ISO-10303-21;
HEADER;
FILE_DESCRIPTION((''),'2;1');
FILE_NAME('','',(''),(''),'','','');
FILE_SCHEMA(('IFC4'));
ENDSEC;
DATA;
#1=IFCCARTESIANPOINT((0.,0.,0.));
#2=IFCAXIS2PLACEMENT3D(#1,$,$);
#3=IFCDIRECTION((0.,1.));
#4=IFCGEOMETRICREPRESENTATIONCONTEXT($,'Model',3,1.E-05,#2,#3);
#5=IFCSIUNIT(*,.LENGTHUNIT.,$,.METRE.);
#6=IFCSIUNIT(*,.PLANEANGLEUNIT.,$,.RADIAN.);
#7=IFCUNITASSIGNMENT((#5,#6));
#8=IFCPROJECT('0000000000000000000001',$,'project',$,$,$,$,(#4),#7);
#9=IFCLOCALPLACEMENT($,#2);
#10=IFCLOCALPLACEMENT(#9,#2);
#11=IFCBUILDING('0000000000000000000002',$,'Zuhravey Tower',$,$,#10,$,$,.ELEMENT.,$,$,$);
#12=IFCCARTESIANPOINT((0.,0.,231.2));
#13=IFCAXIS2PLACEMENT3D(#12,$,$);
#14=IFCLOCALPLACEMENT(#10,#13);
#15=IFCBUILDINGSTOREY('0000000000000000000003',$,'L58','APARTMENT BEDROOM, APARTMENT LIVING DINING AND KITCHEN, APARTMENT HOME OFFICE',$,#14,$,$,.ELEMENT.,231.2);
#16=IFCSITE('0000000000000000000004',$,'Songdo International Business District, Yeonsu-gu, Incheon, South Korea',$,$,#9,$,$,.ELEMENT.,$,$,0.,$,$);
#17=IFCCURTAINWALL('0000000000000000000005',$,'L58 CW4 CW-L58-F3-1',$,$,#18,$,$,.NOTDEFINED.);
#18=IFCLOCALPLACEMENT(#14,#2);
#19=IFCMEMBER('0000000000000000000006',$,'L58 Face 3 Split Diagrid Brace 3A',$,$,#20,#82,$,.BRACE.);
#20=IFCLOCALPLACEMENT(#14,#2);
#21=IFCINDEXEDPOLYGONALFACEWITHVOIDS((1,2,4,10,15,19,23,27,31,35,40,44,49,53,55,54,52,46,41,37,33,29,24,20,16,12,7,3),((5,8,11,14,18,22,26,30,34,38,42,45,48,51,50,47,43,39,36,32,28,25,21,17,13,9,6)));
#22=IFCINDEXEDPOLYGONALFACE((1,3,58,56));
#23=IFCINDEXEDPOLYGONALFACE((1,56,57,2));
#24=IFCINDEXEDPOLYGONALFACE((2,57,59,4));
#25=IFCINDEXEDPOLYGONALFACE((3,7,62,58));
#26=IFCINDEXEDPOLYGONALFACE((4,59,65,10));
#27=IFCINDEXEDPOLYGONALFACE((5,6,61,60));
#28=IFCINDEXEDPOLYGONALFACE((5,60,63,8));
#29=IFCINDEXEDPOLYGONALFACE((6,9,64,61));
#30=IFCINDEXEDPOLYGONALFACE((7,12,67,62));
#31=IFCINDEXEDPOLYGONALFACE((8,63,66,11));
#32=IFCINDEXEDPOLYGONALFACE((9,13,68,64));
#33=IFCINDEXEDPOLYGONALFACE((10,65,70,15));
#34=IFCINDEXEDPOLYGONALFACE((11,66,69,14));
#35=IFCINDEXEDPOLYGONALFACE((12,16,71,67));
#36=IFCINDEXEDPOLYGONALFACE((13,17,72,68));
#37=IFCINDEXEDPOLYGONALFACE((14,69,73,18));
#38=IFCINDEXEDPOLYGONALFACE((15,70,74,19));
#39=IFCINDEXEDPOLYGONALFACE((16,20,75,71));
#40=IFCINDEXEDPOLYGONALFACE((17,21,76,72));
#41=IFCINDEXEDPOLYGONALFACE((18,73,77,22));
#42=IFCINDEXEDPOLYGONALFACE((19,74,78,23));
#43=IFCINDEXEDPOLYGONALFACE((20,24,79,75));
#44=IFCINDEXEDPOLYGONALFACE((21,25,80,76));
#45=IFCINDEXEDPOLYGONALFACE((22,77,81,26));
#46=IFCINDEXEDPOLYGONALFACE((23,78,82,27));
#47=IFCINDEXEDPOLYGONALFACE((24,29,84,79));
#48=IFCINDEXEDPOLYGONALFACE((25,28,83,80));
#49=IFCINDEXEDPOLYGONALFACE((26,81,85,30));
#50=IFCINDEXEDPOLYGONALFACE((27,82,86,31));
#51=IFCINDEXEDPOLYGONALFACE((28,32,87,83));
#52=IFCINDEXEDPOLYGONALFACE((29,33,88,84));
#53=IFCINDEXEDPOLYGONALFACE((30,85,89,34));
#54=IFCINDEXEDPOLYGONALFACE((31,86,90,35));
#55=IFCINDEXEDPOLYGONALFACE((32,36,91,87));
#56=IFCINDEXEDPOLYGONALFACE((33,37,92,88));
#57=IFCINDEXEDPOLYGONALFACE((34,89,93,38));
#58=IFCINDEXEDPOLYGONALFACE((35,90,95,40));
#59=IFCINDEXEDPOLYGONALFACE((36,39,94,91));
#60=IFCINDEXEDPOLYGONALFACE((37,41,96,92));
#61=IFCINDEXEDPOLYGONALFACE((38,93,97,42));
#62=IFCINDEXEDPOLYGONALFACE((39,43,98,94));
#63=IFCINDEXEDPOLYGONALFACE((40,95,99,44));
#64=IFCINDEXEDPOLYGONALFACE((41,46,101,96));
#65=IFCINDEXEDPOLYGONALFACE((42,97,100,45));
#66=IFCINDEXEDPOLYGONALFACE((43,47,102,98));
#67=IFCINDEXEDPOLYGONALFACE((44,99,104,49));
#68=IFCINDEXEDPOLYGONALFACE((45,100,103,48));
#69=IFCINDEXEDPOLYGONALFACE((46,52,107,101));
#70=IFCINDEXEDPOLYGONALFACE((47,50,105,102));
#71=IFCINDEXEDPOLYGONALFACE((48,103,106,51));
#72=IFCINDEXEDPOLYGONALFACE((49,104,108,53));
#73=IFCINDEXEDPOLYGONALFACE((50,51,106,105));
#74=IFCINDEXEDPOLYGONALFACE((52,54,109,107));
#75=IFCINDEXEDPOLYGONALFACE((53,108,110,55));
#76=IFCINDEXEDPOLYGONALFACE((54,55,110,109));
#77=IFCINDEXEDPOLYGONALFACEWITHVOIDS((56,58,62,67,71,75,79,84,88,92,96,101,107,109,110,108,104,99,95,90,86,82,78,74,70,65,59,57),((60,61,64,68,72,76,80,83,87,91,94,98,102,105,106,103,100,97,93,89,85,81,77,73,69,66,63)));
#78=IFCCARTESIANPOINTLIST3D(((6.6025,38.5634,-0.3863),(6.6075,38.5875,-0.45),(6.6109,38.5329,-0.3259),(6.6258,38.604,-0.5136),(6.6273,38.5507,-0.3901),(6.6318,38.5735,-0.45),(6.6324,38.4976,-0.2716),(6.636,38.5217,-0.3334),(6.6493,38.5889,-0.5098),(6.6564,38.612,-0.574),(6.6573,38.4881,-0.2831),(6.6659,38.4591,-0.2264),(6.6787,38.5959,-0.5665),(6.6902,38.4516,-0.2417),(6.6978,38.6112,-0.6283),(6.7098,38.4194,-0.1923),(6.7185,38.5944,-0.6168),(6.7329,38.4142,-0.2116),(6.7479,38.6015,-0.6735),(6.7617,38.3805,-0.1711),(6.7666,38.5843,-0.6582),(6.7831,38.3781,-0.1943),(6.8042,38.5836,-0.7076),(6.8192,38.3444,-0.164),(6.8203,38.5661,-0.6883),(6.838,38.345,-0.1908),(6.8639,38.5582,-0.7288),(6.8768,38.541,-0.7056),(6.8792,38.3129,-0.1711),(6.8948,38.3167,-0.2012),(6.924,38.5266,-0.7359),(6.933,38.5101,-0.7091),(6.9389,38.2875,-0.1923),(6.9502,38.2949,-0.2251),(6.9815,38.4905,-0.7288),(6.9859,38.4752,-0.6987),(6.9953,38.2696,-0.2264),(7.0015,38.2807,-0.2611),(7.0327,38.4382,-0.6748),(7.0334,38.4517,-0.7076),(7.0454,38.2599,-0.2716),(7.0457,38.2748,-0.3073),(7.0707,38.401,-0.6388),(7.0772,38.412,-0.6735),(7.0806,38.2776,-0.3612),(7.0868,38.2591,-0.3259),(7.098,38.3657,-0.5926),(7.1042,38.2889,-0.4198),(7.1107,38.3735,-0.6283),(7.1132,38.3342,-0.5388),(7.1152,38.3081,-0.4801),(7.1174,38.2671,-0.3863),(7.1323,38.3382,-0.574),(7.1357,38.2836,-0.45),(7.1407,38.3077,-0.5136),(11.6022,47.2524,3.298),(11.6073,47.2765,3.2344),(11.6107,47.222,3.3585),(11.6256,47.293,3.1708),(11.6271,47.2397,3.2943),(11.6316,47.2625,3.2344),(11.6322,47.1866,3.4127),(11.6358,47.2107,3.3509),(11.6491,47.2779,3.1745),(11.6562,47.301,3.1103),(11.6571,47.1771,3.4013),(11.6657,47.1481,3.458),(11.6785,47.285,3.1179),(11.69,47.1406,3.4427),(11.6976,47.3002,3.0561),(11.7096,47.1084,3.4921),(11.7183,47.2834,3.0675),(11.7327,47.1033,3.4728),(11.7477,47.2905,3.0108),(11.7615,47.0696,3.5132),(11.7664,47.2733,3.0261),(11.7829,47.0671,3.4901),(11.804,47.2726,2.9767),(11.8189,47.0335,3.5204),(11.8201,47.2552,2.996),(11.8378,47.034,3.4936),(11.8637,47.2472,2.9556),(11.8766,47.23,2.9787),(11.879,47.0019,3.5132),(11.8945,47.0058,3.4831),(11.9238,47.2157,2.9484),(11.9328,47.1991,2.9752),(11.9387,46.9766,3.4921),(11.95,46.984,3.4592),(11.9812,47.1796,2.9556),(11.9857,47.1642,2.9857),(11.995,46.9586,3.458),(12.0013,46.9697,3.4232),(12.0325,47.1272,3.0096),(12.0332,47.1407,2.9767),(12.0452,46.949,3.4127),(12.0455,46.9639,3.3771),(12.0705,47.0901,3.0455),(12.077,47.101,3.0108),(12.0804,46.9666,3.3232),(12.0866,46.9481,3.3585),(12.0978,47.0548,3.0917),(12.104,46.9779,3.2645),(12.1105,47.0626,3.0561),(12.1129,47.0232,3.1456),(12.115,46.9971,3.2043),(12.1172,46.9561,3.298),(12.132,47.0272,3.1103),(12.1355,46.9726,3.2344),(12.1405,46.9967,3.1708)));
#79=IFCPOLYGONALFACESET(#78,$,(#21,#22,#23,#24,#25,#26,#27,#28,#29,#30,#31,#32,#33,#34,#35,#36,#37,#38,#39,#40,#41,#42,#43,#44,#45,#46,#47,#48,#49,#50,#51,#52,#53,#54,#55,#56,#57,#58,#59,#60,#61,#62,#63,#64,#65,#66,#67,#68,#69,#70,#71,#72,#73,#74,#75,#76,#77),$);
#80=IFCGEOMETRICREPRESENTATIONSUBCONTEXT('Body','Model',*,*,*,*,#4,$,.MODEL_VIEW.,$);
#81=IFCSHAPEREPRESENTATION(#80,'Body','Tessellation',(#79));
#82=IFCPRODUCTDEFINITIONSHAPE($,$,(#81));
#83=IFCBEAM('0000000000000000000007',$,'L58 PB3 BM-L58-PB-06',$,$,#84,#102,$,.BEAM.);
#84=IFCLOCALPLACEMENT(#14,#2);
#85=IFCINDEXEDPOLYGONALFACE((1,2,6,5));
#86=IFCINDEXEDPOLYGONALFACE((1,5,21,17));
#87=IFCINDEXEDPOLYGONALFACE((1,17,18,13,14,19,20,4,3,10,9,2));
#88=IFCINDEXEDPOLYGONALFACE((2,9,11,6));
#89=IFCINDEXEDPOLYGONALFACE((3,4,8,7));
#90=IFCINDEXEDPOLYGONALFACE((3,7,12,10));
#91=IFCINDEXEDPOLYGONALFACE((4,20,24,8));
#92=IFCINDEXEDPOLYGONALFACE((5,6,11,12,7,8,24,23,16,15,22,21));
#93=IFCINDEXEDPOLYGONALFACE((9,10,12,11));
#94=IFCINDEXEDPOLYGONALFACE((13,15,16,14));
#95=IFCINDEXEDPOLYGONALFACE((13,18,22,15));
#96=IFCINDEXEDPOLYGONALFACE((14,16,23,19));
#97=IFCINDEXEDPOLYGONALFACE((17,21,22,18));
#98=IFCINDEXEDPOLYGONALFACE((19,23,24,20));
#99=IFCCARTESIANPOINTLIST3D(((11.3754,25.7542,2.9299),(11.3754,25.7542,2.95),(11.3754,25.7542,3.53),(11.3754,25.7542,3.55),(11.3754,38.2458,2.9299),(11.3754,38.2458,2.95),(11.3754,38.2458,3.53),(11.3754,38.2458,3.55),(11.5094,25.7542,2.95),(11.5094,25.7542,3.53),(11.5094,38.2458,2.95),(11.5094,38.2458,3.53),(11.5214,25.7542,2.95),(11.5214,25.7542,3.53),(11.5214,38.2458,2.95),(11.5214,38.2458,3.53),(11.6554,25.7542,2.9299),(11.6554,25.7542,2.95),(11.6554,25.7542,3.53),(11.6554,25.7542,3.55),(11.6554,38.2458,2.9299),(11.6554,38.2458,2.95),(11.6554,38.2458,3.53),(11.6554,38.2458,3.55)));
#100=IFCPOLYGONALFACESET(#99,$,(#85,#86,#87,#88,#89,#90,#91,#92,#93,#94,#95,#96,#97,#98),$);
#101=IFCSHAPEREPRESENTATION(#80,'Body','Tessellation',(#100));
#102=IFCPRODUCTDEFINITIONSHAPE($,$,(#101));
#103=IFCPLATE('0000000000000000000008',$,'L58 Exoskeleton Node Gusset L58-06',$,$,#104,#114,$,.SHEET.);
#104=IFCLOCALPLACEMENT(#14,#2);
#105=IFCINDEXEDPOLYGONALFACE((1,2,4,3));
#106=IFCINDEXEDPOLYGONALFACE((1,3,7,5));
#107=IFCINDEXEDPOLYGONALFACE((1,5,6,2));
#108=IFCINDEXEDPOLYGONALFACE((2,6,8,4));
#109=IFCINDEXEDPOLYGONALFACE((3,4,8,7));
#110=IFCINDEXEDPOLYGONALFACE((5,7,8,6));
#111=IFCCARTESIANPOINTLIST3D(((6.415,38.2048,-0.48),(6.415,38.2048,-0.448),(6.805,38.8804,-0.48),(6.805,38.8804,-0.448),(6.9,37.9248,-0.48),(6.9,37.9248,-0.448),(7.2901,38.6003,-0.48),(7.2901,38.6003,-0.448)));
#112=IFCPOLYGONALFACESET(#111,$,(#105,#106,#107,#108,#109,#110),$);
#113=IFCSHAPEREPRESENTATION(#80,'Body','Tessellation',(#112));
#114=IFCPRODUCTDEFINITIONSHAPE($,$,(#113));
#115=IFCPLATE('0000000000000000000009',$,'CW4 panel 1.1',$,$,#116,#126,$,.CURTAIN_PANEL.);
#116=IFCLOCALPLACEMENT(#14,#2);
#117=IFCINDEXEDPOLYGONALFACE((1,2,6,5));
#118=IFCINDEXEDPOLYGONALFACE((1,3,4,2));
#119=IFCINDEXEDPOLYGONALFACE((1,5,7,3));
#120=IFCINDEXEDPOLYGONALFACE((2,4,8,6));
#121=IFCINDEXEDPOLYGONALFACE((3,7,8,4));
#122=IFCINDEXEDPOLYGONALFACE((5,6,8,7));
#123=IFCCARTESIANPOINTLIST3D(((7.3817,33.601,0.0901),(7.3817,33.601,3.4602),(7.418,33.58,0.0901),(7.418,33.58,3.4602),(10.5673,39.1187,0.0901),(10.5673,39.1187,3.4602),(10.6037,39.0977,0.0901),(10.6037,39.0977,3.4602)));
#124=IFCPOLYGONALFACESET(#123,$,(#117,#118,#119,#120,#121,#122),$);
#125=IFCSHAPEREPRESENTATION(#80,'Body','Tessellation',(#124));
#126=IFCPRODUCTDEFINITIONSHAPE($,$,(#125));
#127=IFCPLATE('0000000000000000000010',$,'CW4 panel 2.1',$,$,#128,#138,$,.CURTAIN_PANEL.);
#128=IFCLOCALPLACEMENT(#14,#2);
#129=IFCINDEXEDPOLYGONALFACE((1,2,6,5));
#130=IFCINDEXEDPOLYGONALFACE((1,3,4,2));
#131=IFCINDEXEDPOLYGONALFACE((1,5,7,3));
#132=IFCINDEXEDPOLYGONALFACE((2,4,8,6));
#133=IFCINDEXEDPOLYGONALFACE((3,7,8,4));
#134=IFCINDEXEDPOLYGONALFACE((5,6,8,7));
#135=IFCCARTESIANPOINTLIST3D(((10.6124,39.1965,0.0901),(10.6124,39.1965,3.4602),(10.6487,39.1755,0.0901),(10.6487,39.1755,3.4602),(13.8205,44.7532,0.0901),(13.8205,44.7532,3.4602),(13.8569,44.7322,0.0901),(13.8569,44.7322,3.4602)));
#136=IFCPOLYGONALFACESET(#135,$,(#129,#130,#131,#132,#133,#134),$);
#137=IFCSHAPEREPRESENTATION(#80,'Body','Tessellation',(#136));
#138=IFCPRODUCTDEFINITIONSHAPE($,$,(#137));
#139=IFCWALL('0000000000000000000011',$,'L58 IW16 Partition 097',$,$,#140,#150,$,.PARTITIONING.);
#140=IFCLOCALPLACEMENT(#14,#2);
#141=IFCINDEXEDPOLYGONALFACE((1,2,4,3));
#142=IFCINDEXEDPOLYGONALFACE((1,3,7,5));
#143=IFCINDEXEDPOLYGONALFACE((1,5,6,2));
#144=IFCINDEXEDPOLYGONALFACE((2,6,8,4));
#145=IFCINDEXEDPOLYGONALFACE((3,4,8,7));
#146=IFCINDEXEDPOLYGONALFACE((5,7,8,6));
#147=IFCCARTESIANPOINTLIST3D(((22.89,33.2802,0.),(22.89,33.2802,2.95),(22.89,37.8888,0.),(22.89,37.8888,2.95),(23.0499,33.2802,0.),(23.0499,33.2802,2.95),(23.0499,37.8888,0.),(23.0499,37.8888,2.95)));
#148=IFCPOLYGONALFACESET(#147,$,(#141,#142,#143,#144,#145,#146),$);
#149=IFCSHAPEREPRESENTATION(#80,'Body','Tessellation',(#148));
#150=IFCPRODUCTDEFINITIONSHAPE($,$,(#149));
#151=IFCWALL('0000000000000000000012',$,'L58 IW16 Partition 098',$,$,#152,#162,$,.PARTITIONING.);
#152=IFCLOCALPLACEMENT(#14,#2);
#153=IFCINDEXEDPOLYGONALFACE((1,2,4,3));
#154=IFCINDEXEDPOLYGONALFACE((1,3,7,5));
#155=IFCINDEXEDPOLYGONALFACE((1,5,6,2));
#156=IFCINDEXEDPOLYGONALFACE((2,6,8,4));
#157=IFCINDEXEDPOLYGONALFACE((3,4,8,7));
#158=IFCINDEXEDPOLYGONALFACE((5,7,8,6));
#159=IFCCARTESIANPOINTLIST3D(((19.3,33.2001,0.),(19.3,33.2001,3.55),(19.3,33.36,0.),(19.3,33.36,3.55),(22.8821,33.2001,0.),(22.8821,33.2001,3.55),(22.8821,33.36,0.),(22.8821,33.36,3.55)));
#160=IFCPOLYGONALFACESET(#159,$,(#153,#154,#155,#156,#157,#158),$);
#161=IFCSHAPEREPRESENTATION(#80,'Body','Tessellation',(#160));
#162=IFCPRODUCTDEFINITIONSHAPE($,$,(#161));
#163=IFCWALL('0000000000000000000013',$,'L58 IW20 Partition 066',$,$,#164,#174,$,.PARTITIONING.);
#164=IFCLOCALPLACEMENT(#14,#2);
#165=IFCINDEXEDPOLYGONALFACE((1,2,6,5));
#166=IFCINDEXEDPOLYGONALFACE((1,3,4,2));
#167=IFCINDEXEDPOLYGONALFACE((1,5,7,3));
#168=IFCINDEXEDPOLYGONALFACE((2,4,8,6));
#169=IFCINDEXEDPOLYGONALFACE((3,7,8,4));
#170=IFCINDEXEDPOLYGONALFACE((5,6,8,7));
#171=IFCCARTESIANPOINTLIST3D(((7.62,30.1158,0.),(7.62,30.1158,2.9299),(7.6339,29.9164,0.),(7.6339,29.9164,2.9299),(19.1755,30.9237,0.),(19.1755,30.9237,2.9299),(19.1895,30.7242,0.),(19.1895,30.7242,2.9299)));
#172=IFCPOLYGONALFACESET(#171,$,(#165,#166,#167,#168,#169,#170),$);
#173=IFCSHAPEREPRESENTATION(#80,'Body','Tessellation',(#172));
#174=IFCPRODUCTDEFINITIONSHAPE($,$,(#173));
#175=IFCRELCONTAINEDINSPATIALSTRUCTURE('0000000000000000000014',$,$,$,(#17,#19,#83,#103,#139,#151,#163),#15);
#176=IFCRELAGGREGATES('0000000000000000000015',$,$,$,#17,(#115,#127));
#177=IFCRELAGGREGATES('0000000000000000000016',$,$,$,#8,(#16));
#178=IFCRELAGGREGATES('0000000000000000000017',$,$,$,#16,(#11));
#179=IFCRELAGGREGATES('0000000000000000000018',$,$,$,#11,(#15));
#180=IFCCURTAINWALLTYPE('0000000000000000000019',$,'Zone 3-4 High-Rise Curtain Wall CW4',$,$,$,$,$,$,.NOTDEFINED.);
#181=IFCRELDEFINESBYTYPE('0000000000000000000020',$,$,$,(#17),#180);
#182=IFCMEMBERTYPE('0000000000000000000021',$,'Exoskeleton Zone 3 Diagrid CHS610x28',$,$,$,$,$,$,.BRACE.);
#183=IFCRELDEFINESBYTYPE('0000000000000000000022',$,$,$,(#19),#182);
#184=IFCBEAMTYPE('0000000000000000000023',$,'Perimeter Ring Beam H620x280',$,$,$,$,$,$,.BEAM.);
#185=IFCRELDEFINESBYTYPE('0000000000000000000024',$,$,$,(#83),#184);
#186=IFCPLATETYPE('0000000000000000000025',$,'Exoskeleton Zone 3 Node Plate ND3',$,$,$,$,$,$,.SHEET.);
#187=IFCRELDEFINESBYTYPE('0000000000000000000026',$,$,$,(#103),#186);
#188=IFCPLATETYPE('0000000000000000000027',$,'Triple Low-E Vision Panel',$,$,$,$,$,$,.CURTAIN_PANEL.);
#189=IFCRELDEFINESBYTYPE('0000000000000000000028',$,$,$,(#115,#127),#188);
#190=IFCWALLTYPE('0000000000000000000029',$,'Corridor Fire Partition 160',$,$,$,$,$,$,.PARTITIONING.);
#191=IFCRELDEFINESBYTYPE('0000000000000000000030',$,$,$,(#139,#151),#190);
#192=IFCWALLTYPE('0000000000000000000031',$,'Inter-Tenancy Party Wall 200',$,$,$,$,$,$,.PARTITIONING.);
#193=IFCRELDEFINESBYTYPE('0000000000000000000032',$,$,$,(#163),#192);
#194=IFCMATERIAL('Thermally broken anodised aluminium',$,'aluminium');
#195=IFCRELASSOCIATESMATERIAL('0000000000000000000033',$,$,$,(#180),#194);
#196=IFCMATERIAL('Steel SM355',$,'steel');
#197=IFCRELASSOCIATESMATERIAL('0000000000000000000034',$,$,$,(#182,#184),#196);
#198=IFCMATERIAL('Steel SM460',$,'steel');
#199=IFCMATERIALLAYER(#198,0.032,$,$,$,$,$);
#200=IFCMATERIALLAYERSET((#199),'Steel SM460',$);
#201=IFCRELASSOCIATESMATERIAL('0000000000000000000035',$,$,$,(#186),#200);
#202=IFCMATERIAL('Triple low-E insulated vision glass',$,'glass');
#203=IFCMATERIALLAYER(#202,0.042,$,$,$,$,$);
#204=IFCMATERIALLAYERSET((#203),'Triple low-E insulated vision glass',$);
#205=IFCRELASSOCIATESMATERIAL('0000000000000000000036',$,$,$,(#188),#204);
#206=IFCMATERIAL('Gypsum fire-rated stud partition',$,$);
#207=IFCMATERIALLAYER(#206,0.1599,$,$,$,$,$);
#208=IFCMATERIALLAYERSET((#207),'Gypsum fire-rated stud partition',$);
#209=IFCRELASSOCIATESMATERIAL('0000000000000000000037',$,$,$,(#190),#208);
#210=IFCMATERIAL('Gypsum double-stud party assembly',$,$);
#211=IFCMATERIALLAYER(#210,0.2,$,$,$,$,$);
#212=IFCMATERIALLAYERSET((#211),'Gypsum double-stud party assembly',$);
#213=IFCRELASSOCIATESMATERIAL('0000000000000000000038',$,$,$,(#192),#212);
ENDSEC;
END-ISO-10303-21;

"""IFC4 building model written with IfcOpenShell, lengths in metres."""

from ifc_helpers import new_model, si_unit, direction, frame, frame_2d, origin, origin_2d, place, context, subcontext, project, spatial, rectangle, hollow_circle, i_section, extrude, material, layer, layer_set, material_profile, profile_set, type_object, element, aggregate, save


model = new_model("IFC4")

# Units and contexts
model_context = context("Model", 3, precision=1e-05, world=origin(), true_north=direction((0.0, 1.0)))
body_context = subcontext(model_context, "Body", "Model", "MODEL_VIEW")
ifc_project = project(units=[si_unit("LENGTHUNIT", "METRE"), si_unit("PLANEANGLEUNIT", "RADIAN")], contexts=[model_context])

# Site, building, storey
site_placement = place(None, origin())
site = spatial("IfcSite", under=ifc_project, at=site_placement, Name="Songdo International Business District, Yeonsu-gu, Incheon, South Korea", CompositionType="ELEMENT", RefElevation=0.0)
building_placement = place(site_placement, origin())
building = spatial("IfcBuilding", under=site, at=building_placement, Name="Zuhravey Tower", CompositionType="ELEMENT")
storey_placement = place(building_placement, frame((0.0, 0.0, 231.2)))
storey = spatial("IfcBuildingStorey", under=building, at=storey_placement, Name="L58", Description="APARTMENT BEDROOM, APARTMENT LIVING DINING AND KITCHEN, APARTMENT HOME OFFICE", CompositionType="ELEMENT", Elevation=231.2)

# Curtain wall
ifc_material_1 = material(Name="Thermally broken anodised aluminium", Category="aluminium")
curtain_wall_type = type_object("IfcCurtainWallType", Name="Zone 3-4 High-Rise Curtain Wall CW4", PredefinedType="NOTDEFINED", material=ifc_material_1)
curtain_wall_placement = place(storey_placement, origin())
curtain_wall = element("IfcCurtainWall", 1, at=curtain_wall_placement, inside=storey, type_object=curtain_wall_type, Name="L58 CW4 CW-L58-F3-1", PredefinedType="NOTDEFINED")

# Member
ifc_material_2 = material(Name="Steel SM355", Category="steel")
ifc_material_profile_1 = material_profile(ifc_material_2, hollow_circle(Radius=0.3047, WallThickness=0.0281, at=origin_2d()), Name="CHS-609.6x28")
ifc_profile_set_1 = profile_set([ifc_material_profile_1], Name="Steel SM355")
member_type_1 = type_object("IfcMemberType", Name="Exoskeleton Zone 3 Diagrid CHS610x28", PredefinedType="BRACE", material=ifc_profile_set_1)
member_1_placement = place(storey_placement, frame((6.8716, 38.4355, -0.45), z_axis=(0.468126, 0.813547, 0.344963), x_axis=(-0.866751, 0.498741, 0.0)))
element("IfcMember", 2, at=member_1_placement, inside=storey, type_object=member_type_1, Name="L58 Face 3 Split Diagrid Brace 3A", PredefinedType="BRACE", context=body_context, shape_type="SweptSolid", body=[
    extrude(hollow_circle(Radius=0.3047, WallThickness=0.0281, at=origin_2d()), origin(), (0.0, 0.0, 1.0), 10.6804),
])

# Beam
ifc_material_profile_2 = material_profile(ifc_material_2, i_section(OverallWidth=0.28, OverallDepth=0.6201, WebThickness=0.012, FlangeThickness=0.02, at=origin_2d()), Name="H-620x280x12x20")
ifc_profile_set_2 = profile_set([ifc_material_profile_2], Name="Steel SM355")
beam_type = type_object("IfcBeamType", Name="Perimeter Ring Beam H620x280", PredefinedType="BEAM", material=ifc_profile_set_2)
beam_placement = place(storey_placement, frame((11.5154, 38.2458, 3.24), z_axis=(0.0, -1.0, 0.0), x_axis=(1.0, 0.0, 0.0)))
element("IfcBeam", 3, at=beam_placement, inside=storey, type_object=beam_type, Name="L58 PB3 BM-L58-PB-06", PredefinedType="BEAM", context=body_context, shape_type="SweptSolid", body=[
    extrude(i_section(OverallWidth=0.28, OverallDepth=0.6201, WebThickness=0.012, FlangeThickness=0.02, at=origin_2d()), origin(), (0.0, 0.0, 1.0), 12.4917),
])

# Plates
ifc_material_3 = material(Name="Steel SM460", Category="steel")
ifc_layer_1 = layer(ifc_material_3, 0.032)
ifc_layer_set_1 = layer_set([ifc_layer_1], Name="Steel SM460")
plate_type_1 = type_object("IfcPlateType", Name="Exoskeleton Zone 3 Node Plate ND3", PredefinedType="SHEET", material=ifc_layer_set_1)
plate_1_placement = place(storey_placement, frame((6.8525, 38.4026, -0.48), z_axis=(0.0, 0.0, 1.0), x_axis=(-0.5, -0.866025, 0.0)))
element("IfcPlate", 4, at=plate_1_placement, inside=storey, type_object=plate_type_1, Name="L58 Exoskeleton Node Gusset L58-06", PredefinedType="SHEET", context=body_context, shape_type="SweptSolid", body=[
    extrude(rectangle(XDim=0.78, YDim=0.5601, at=origin_2d()), origin(), (0.0, 0.0, 1.0), 0.032),
])
ifc_material_4 = material(Name="Triple low-E insulated vision glass", Category="glass")
ifc_layer_2 = layer(ifc_material_4, 0.042)
ifc_layer_set_2 = layer_set([ifc_layer_2], Name="Triple low-E insulated vision glass")
plate_type_2 = type_object("IfcPlateType", Name="Triple Low-E Vision Panel", PredefinedType="CURTAIN_PANEL", material=ifc_layer_set_2)
plate_2_placement = place(storey_placement, frame((8.9927, 36.3494, 0.0901), z_axis=(0.0, 0.0, 1.0), x_axis=(0.500001, 0.866025, 0.0)))
plate_2 = element("IfcPlate", 5, at=plate_2_placement, type_object=plate_type_2, Name="CW4 panel 1.1", PredefinedType="CURTAIN_PANEL", context=body_context, shape_type="SweptSolid", body=[
    extrude(rectangle(XDim=6.3713, YDim=0.042, at=origin_2d()), origin(), (0.0, 0.0, 1.0), 3.3701),
])
plate_3_placement = place(storey_placement, frame((12.2346, 41.9644, 0.0901), z_axis=(0.0, 0.0, 1.0), x_axis=(0.500001, 0.866025, 0.0)))
plate_3 = element("IfcPlate", 6, at=plate_3_placement, type_object=plate_type_2, Name="CW4 panel 2.1", PredefinedType="CURTAIN_PANEL", context=body_context, shape_type="SweptSolid", body=[
    extrude(rectangle(XDim=6.4163, YDim=0.042, at=origin_2d()), origin(), (0.0, 0.0, 1.0), 3.3701),
])
aggregate(curtain_wall, [plate_2, plate_3])

# Shared definitions
ifc_material_5 = material(Name="Gypsum fire-rated stud partition")
ifc_layer_3 = layer(ifc_material_5, 0.1599)
ifc_layer_set_3 = layer_set([ifc_layer_3], Name="Gypsum fire-rated stud partition")
wall_type_1 = type_object("IfcWallType", Name="Corridor Fire Partition 160", PredefinedType="PARTITIONING", material=ifc_layer_set_3)

# Walls
wall_1_placement = place(storey_placement, frame((22.97, 37.8887, 0.0), z_axis=(0.0, 0.0, 1.0), x_axis=(0.0, -1.0, 0.0)))
element("IfcWall", 7, at=wall_1_placement, inside=storey, type_object=wall_type_1, Name="L58 IW16 Partition 097", PredefinedType="PARTITIONING", context=body_context, shape_type="SweptSolid", body=[
    extrude(rectangle(XDim=4.6086, YDim=0.1599, at=frame_2d((2.3042, 0.0))), origin(), (0.0, 0.0, 1.0), 2.95),
])
wall_2_placement = place(storey_placement, frame((22.8821, 33.28, 0.0), z_axis=(0.0, 0.0, 1.0), x_axis=(-1.0, 0.0, 0.0)))
element("IfcWall", 8, at=wall_2_placement, inside=storey, type_object=wall_type_1, Name="L58 IW16 Partition 098", PredefinedType="PARTITIONING", context=body_context, shape_type="SweptSolid", body=[
    extrude(rectangle(XDim=3.582, YDim=0.1599, at=frame_2d((1.791, 0.0))), origin(), (0.0, 0.0, 1.0), 3.55),
])
ifc_material_6 = material(Name="Gypsum double-stud party assembly")
ifc_layer_4 = layer(ifc_material_6, 0.2)
ifc_layer_set_4 = layer_set([ifc_layer_4], Name="Gypsum double-stud party assembly")
wall_type_2 = type_object("IfcWallType", Name="Inter-Tenancy Party Wall 200", PredefinedType="PARTITIONING", material=ifc_layer_set_4)
wall_3_placement = place(storey_placement, frame((19.1826, 30.824, 0.0), z_axis=(0.0, 0.0, 1.0), x_axis=(-0.997565, -0.069742, 0.0)))
element("IfcWall", 9, at=wall_3_placement, inside=storey, type_object=wall_type_2, Name="L58 IW20 Partition 066", PredefinedType="PARTITIONING", context=body_context, shape_type="SweptSolid", body=[
    extrude(rectangle(XDim=11.5837, YDim=0.2, at=frame_2d((5.792, 0.0))), origin(), (0.0, 0.0, 1.0), 2.9299),
])

save(model, "model.ifc")
